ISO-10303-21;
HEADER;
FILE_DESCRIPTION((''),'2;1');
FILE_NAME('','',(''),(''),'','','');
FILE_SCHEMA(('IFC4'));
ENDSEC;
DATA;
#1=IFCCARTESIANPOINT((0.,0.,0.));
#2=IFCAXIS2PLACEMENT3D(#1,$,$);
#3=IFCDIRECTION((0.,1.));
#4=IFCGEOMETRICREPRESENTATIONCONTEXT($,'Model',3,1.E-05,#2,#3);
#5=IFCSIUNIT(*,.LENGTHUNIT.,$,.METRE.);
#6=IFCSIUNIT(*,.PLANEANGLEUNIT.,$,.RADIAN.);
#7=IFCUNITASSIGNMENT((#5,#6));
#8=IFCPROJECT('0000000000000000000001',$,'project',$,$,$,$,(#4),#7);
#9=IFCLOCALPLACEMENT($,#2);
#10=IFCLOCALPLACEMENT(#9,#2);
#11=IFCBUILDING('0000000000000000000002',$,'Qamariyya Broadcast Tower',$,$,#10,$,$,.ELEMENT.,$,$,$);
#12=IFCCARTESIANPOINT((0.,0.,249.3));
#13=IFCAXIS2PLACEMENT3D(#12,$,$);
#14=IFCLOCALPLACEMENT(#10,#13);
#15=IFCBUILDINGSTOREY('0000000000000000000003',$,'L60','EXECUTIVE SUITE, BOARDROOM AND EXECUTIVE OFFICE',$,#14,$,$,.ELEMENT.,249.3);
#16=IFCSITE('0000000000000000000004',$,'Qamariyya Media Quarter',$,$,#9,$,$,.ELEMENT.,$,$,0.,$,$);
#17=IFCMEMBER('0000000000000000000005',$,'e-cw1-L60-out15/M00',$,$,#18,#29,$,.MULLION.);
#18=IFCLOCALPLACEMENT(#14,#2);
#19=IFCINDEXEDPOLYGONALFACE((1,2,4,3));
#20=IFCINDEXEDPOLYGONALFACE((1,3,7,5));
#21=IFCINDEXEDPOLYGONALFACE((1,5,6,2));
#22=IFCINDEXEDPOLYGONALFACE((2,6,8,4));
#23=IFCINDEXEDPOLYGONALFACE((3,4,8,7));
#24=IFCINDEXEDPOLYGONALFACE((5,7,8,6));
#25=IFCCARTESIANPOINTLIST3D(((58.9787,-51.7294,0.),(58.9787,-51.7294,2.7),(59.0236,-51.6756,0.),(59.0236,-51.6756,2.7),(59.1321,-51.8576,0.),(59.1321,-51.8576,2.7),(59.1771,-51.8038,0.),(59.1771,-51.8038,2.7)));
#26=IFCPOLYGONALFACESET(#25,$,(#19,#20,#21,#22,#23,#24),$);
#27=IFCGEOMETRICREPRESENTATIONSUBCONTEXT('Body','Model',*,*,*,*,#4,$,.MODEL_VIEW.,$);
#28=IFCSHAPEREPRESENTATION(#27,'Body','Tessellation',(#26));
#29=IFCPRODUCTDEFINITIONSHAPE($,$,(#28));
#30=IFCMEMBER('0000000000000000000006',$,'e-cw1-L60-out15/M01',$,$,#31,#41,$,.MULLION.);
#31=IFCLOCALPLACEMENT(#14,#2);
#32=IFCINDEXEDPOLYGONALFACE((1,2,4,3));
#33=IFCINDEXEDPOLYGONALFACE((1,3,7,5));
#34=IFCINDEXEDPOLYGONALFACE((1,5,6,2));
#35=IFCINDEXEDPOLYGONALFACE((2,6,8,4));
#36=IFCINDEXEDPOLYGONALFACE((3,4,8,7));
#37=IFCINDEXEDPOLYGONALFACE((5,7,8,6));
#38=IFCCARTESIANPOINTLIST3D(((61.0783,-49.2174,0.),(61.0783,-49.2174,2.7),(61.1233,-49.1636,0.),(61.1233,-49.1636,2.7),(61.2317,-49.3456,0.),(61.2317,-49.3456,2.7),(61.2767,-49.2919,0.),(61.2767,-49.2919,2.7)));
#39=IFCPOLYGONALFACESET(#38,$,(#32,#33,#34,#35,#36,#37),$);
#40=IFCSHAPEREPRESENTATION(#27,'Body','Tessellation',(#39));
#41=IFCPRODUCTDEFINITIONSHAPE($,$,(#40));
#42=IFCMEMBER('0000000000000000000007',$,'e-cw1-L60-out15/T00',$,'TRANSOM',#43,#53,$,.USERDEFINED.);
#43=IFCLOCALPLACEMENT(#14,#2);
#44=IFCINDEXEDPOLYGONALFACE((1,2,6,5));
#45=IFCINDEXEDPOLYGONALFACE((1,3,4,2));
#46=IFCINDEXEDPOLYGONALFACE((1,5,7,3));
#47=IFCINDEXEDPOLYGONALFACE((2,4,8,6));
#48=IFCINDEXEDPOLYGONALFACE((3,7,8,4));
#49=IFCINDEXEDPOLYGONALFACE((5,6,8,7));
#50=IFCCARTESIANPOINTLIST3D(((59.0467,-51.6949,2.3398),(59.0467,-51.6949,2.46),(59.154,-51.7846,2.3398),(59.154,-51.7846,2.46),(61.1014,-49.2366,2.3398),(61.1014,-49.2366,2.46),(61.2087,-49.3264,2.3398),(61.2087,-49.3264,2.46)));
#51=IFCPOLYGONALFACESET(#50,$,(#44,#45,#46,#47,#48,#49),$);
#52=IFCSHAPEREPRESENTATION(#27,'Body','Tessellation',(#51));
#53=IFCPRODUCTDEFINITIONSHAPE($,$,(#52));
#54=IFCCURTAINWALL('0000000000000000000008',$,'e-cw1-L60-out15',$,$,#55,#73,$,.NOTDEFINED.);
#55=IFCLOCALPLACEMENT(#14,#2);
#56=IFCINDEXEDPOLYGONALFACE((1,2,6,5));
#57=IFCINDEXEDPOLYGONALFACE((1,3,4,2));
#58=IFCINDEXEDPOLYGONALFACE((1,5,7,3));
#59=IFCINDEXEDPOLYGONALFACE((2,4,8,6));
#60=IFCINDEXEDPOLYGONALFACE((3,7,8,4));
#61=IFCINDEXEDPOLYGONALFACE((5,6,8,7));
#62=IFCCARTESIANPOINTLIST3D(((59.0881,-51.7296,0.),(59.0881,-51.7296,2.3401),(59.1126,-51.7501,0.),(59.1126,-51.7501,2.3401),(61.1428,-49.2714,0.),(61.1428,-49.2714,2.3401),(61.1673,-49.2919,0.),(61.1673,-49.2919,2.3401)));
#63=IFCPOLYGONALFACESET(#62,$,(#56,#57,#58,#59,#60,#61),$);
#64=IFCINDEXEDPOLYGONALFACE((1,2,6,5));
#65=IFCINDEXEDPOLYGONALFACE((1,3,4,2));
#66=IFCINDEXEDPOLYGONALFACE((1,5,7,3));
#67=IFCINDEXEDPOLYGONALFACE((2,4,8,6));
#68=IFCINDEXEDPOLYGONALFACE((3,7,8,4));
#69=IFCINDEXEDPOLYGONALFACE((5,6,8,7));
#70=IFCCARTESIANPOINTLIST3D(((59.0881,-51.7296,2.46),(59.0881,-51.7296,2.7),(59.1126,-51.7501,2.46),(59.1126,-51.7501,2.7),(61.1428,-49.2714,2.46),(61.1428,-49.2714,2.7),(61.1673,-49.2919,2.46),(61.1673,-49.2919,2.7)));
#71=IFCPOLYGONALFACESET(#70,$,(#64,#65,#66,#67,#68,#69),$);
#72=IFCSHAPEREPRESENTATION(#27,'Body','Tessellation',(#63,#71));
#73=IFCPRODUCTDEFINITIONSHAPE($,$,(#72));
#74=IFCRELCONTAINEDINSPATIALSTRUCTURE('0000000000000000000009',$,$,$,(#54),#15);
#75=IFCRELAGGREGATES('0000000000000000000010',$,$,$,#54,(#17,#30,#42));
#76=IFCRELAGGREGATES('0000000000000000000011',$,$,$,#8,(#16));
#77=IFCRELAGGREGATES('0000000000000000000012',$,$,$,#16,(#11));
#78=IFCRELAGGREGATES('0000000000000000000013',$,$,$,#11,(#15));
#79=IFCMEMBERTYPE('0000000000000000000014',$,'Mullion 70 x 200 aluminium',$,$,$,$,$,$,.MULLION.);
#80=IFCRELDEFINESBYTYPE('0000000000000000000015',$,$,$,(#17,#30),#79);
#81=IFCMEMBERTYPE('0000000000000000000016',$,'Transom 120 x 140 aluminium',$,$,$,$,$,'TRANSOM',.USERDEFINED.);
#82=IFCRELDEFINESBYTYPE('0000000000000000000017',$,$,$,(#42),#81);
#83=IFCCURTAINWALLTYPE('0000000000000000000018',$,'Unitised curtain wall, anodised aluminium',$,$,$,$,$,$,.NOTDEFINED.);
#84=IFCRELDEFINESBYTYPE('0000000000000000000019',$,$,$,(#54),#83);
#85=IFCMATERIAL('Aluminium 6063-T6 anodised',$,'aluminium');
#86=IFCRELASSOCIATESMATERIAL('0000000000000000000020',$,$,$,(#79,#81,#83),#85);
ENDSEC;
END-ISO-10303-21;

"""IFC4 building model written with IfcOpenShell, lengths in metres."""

from ifc_helpers import new_model, si_unit, direction, frame, origin, origin_2d, place, context, subcontext, project, spatial, rectangle, extrude, material, material_profile, profile_set, type_object, element, aggregate, save


model = new_model("IFC4")

# Units and contexts
model_context = context("Model", 3, precision=1e-05, world=origin(), true_north=direction((0.0, 1.0)))
body_context = subcontext(model_context, "Body", "Model", "MODEL_VIEW")
ifc_project = project(units=[si_unit("LENGTHUNIT", "METRE"), si_unit("PLANEANGLEUNIT", "RADIAN")], contexts=[model_context])

# Members
ifc_material = material(Name="Aluminium 6063-T6 anodised", Category="aluminium")
ifc_material_profile_1 = material_profile(ifc_material, rectangle(XDim=0.2, YDim=0.0701, at=origin_2d()))
ifc_profile_set_1 = profile_set([ifc_material_profile_1], Name="Aluminium 6063-T6 anodised")
member_type_1 = type_object("IfcMemberType", Name="Mullion 70 x 200 aluminium", PredefinedType="MULLION", material=ifc_profile_set_1)
site_placement = place(None, origin())
building_placement = place(site_placement, origin())
storey_placement = place(building_placement, frame((0.0, 0.0, 249.3)))
member_1_placement = place(storey_placement, frame((59.0779, -51.7666, 0.0), z_axis=(0.0, 0.0, 1.0), x_axis=(-0.767258, 0.641338, 0.0)))
member_1 = element("IfcMember", 1, at=member_1_placement, type_object=member_type_1, Name="e-cw1-L60-out15/M00", PredefinedType="MULLION", context=body_context, shape_type="SweptSolid", body=[
    extrude(rectangle(XDim=0.2, YDim=0.0701, at=origin_2d()), origin(), (0.0, 0.0, 1.0), 2.7),
])
member_2_placement = place(storey_placement, frame((61.1775, -49.2546, 0.0), z_axis=(0.0, 0.0, 1.0), x_axis=(-0.767258, 0.641338, 0.0)))
member_2 = element("IfcMember", 2, at=member_2_placement, type_object=member_type_1, Name="e-cw1-L60-out15/M01", PredefinedType="MULLION", context=body_context, shape_type="SweptSolid", body=[
    extrude(rectangle(XDim=0.2, YDim=0.0701, at=origin_2d()), origin(), (0.0, 0.0, 1.0), 2.7),
])
ifc_material_profile_2 = material_profile(ifc_material, rectangle(XDim=0.1399, YDim=0.1201, at=origin_2d()))
ifc_profile_set_2 = profile_set([ifc_material_profile_2], Name="Aluminium 6063-T6 anodised")
member_type_2 = type_object("IfcMemberType", Name="Transom 120 x 140 aluminium", ElementType="TRANSOM", PredefinedType="USERDEFINED", material=ifc_profile_set_2)
member_3_placement = place(storey_placement, frame((59.1003, -51.7397, 2.3999), z_axis=(0.641315, 0.767277, 0.0), x_axis=(-0.767277, 0.641315, 0.0)))
member_3 = element("IfcMember", 3, at=member_3_placement, type_object=member_type_2, Name="e-cw1-L60-out15/T00", ObjectType="TRANSOM", PredefinedType="USERDEFINED", context=body_context, shape_type="SweptSolid", body=[
    extrude(rectangle(XDim=0.1399, YDim=0.1201, at=origin_2d()), origin(), (0.0, 0.0, 1.0), 3.2039),
])

# Site, building, storey
site = spatial("IfcSite", under=ifc_project, at=site_placement, Name="Qamariyya Media Quarter", CompositionType="ELEMENT", RefElevation=0.0)
building = spatial("IfcBuilding", under=site, at=building_placement, Name="Qamariyya Broadcast Tower", CompositionType="ELEMENT")
storey = spatial("IfcBuildingStorey", under=building, at=storey_placement, Name="L60", Description="EXECUTIVE SUITE, BOARDROOM AND EXECUTIVE OFFICE", CompositionType="ELEMENT", Elevation=249.3)

# Curtain wall
curtain_wall_type = type_object("IfcCurtainWallType", Name="Unitised curtain wall, anodised aluminium", PredefinedType="NOTDEFINED", material=ifc_material)
curtain_wall_1_placement = place(storey_placement, origin())
curtain_wall_1 = element("IfcCurtainWall", 4, at=curtain_wall_1_placement, inside=storey, type_object=curtain_wall_type, Name="e-cw1-L60-out15", PredefinedType="NOTDEFINED", context=body_context, shape_type="SweptSolid", body=[
    extrude(rectangle(XDim=3.2039, YDim=0.032, at=origin_2d()), frame((60.1277, -50.5107, 0.0), x_axis=(0.641326, 0.767269, 0.0)), (0.0, 0.0, 1.0), 2.3401),
    extrude(rectangle(XDim=3.2039, YDim=0.032, at=origin_2d()), frame((60.1277, -50.5107, 2.46), x_axis=(0.641326, 0.767269, 0.0)), (0.0, 0.0, 1.0), 0.24),
])
aggregate(curtain_wall_1, [member_1, member_2, member_3])

save(model, "model.ifc")
